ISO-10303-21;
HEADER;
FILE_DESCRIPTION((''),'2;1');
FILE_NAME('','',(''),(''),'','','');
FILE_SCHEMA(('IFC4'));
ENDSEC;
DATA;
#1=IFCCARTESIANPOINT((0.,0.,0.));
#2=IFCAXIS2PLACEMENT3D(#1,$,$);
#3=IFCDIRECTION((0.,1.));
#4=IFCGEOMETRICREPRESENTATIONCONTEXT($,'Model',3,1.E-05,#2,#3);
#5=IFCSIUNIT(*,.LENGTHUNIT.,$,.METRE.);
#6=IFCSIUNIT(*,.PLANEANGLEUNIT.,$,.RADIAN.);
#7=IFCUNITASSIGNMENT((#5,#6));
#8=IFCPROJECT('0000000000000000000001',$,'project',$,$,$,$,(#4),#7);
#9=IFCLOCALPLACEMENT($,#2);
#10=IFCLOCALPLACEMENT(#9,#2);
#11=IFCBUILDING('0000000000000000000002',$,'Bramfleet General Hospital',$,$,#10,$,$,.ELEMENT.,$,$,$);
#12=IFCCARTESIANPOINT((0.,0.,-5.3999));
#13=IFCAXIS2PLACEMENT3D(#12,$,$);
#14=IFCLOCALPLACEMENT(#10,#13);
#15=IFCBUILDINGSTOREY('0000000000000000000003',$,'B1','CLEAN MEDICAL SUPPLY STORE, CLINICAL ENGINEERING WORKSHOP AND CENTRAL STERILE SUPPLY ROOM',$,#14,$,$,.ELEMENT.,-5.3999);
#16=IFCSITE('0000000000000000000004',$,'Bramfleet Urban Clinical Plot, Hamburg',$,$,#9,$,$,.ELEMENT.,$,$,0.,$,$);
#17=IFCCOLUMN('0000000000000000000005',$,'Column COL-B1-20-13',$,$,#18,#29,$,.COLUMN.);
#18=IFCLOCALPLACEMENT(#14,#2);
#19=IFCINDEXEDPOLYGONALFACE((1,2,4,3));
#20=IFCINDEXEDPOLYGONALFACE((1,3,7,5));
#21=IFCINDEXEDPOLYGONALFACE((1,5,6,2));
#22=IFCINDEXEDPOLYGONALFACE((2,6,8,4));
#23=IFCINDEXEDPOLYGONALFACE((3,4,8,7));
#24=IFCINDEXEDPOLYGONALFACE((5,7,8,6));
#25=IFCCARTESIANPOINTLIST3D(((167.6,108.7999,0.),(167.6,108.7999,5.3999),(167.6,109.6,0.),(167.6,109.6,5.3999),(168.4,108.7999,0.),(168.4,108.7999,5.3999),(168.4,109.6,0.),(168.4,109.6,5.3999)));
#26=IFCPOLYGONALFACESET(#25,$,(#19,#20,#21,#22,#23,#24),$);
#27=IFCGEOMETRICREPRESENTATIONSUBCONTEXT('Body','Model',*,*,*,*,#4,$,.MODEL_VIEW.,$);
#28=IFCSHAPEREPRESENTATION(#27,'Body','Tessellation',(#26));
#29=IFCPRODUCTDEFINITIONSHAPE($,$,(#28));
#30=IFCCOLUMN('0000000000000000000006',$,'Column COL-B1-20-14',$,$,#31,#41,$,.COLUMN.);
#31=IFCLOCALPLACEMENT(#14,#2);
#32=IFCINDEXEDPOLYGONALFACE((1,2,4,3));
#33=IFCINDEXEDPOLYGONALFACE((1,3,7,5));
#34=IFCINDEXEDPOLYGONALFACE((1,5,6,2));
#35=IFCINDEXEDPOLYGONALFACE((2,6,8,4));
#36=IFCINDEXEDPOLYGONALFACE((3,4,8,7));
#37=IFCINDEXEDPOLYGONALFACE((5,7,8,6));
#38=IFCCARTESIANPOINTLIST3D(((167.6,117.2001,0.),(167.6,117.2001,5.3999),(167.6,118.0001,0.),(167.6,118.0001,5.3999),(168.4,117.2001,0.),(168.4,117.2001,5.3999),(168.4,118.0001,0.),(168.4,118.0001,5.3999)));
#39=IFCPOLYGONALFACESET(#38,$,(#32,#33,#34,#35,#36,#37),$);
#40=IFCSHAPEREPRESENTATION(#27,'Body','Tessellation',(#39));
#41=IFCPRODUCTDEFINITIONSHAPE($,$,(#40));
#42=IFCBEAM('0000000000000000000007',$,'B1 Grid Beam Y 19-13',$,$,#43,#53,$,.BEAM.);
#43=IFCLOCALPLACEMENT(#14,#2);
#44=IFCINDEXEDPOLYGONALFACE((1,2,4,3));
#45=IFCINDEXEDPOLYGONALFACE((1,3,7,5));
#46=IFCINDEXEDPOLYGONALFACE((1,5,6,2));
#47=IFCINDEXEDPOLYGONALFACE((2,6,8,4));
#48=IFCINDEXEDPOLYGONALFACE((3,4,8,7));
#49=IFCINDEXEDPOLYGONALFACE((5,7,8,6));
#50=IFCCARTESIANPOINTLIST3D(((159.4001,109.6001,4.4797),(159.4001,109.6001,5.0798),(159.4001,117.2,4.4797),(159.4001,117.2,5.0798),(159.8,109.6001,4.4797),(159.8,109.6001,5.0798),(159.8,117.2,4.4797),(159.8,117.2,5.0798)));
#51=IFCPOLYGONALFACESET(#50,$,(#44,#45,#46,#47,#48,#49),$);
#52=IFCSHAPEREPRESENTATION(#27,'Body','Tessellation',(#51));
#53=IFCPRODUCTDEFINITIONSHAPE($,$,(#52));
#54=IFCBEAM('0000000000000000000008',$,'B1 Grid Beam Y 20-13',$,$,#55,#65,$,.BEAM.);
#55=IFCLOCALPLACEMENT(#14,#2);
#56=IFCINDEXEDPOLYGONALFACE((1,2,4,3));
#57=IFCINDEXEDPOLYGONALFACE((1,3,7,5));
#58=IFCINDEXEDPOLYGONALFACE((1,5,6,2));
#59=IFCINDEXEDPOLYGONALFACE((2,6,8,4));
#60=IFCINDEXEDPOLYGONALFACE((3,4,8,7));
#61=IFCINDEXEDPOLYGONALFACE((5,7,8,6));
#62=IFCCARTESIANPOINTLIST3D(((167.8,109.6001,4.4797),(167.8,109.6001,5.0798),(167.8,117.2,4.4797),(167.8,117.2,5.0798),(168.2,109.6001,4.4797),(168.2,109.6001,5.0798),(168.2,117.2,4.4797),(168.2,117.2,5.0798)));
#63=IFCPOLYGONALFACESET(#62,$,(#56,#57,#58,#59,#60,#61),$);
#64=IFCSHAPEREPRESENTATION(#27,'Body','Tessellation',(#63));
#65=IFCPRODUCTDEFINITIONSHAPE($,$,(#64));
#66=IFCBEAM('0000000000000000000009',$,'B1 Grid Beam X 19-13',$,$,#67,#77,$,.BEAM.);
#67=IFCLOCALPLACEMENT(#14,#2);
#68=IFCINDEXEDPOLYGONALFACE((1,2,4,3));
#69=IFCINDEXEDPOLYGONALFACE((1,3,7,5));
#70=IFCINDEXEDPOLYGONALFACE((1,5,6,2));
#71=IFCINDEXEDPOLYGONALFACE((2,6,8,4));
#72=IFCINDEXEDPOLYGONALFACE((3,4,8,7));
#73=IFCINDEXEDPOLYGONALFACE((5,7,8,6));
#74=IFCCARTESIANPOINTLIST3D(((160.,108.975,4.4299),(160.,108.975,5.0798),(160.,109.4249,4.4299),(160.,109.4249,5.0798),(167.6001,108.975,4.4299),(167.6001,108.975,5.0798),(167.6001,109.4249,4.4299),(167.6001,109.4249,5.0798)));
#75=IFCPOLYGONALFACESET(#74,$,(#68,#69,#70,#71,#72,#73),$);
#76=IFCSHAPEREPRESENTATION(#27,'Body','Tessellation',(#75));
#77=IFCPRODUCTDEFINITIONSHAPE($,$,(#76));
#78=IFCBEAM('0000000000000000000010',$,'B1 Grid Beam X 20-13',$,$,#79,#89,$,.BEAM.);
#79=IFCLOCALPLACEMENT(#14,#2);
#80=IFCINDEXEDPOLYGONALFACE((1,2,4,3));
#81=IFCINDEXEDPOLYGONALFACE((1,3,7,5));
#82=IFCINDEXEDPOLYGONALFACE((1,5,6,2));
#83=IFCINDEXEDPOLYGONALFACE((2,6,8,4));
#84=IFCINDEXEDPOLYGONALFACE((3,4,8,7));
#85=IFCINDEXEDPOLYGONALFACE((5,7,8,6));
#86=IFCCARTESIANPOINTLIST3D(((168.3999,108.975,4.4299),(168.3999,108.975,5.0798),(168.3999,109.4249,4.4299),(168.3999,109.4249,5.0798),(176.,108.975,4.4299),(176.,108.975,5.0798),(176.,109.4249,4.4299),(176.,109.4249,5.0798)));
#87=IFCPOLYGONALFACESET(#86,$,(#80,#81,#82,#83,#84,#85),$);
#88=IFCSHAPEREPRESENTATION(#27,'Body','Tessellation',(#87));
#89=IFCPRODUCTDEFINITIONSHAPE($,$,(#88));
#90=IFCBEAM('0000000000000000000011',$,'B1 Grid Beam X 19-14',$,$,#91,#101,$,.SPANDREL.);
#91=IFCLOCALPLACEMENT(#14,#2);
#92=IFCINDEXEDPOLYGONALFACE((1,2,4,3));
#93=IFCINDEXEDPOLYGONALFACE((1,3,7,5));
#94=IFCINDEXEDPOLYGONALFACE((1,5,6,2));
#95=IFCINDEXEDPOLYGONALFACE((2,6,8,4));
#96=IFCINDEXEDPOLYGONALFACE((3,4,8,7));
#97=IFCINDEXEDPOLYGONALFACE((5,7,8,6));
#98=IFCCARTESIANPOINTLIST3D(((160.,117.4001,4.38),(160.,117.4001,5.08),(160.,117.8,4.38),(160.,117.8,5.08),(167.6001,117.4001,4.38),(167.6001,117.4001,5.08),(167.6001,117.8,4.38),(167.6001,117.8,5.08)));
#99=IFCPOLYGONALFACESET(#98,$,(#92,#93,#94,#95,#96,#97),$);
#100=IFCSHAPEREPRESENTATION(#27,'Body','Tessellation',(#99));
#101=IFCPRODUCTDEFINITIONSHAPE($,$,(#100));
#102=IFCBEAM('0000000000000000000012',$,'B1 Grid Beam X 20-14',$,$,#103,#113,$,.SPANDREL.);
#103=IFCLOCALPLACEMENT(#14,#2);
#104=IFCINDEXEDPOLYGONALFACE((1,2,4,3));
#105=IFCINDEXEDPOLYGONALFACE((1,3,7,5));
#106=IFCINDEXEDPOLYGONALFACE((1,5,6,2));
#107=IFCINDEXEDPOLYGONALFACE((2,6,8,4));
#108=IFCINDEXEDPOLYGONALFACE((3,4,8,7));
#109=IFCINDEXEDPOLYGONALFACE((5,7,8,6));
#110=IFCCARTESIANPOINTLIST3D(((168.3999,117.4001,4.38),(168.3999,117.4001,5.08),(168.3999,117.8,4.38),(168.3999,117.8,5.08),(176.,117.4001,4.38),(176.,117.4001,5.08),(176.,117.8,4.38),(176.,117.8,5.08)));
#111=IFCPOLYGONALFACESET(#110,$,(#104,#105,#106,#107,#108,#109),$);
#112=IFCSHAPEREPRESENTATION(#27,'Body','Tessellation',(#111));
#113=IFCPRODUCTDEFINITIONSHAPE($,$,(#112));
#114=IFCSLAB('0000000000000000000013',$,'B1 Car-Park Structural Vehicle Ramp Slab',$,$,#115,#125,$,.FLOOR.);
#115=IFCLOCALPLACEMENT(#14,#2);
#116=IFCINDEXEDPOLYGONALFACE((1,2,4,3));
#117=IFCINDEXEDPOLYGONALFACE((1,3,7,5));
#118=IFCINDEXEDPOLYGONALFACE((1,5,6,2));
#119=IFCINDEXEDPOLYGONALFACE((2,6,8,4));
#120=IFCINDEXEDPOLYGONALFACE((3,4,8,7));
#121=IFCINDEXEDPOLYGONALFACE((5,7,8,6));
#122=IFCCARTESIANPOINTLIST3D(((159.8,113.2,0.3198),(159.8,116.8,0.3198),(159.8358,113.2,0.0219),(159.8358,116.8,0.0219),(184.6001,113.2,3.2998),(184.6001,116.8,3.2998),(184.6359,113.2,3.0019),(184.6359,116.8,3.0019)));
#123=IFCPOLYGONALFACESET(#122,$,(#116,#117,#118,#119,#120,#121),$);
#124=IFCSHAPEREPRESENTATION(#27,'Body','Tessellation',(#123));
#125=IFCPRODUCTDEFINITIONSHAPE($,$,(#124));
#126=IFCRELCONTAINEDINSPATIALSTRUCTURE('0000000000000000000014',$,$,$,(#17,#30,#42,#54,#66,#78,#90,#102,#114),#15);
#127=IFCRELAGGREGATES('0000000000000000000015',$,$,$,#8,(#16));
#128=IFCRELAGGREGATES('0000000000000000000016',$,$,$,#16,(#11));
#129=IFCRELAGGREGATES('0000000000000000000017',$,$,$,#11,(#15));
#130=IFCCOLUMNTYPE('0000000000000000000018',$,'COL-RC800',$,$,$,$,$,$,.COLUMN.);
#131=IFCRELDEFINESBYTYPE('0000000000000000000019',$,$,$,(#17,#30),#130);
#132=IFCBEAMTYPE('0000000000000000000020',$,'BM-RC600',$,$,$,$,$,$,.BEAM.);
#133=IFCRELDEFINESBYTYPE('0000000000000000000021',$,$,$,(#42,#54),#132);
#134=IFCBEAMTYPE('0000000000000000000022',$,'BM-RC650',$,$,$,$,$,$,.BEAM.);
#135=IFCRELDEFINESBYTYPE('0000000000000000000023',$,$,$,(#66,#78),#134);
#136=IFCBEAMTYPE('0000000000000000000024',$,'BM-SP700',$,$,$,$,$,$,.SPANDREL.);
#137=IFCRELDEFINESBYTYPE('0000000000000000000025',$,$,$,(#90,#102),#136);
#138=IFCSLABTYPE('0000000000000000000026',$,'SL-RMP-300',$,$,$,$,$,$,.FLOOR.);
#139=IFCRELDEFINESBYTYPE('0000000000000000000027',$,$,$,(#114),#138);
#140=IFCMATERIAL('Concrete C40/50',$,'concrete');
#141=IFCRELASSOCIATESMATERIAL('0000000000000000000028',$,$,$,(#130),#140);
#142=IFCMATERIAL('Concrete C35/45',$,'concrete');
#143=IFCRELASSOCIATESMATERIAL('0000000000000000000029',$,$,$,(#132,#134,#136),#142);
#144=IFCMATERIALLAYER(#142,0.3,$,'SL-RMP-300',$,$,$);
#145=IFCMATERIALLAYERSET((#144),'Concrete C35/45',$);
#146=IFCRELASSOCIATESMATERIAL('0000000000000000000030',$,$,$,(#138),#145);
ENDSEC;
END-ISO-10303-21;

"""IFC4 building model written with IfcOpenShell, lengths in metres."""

from ifc_helpers import new_model, si_unit, direction, frame, origin, origin_2d, place, context, subcontext, project, spatial, polyline, rectangle, outline, extrude, material, layer, layer_set, material_profile, profile_set, type_object, element, save


model = new_model("IFC4")

# Units and contexts
model_context = context("Model", 3, precision=1e-05, world=origin(), true_north=direction((0.0, 1.0)))
body_context = subcontext(model_context, "Body", "Model", "MODEL_VIEW")
ifc_project = project(units=[si_unit("LENGTHUNIT", "METRE"), si_unit("PLANEANGLEUNIT", "RADIAN")], contexts=[model_context])

# Site, building, storey
site_placement = place(None, origin())
site = spatial("IfcSite", under=ifc_project, at=site_placement, Name="Bramfleet Urban Clinical Plot, Hamburg", CompositionType="ELEMENT", RefElevation=0.0)
building_placement = place(site_placement, origin())
building = spatial("IfcBuilding", under=site, at=building_placement, Name="Bramfleet General Hospital", CompositionType="ELEMENT")
storey_placement = place(building_placement, frame((0.0, 0.0, -5.3999)))
storey = spatial("IfcBuildingStorey", under=building, at=storey_placement, Name="B1", Description="CLEAN MEDICAL SUPPLY STORE, CLINICAL ENGINEERING WORKSHOP AND CENTRAL STERILE SUPPLY ROOM", CompositionType="ELEMENT", Elevation=-5.3999)

# Shared definitions
ifc_material_1 = material(Name="Concrete C35/45", Category="concrete")

# Columns
ifc_material_2 = material(Name="Concrete C40/50", Category="concrete")
ifc_material_profile_1 = material_profile(ifc_material_2, rectangle(XDim=0.8, YDim=0.8, at=origin_2d()), Name="RC COL 800x800")
ifc_profile_set_1 = profile_set([ifc_material_profile_1], Name="Concrete C40/50")
column_type = type_object("IfcColumnType", Name="COL-RC800", PredefinedType="COLUMN", material=ifc_profile_set_1)
for number, where, z_axis, x_axis, name in (
    (1, (168.0, 109.2, 0.0), (0.0, 0.0, 1.0), (1.0, 0.0, 0.0), "Column COL-B1-20-13"),
    (2, (168.0, 117.6001, 0.0), (0.0, 0.0, 1.0), (1.0, 0.0, 0.0), "Column COL-B1-20-14"),
):
    element("IfcColumn", number, at=place(storey_placement, frame(where, z_axis=z_axis, x_axis=x_axis)), inside=storey, type_object=column_type, Name=name, PredefinedType="COLUMN", context=body_context, shape_type="SweptSolid", body=[
        extrude(rectangle(XDim=0.8, YDim=0.8, at=origin_2d()), origin(), (0.0, 0.0, 1.0), 5.3999),
    ])

# Beams
ifc_material_profile_2 = material_profile(ifc_material_1, rectangle(XDim=0.3999, YDim=0.6001, at=origin_2d()), Name="RC BM 600x400")
ifc_profile_set_2 = profile_set([ifc_material_profile_2], Name="Concrete C35/45")
beam_type_1 = type_object("IfcBeamType", Name="BM-RC600", PredefinedType="BEAM", material=ifc_profile_set_2)
for number, where, z_axis, x_axis, name in (
    (3, (159.6001, 109.6001, 4.7798), (0.0, 1.0, 0.0), (-1.0, 0.0, 0.0), "B1 Grid Beam Y 19-13"),
    (4, (168.0, 109.6001, 4.7798), (0.0, 1.0, 0.0), (-1.0, 0.0, 0.0), "B1 Grid Beam Y 20-13"),
):
    element("IfcBeam", number, at=place(storey_placement, frame(where, z_axis=z_axis, x_axis=x_axis)), inside=storey, type_object=beam_type_1, Name=name, PredefinedType="BEAM", context=body_context, shape_type="SweptSolid", body=[
        extrude(rectangle(XDim=0.3999, YDim=0.6001, at=origin_2d()), origin(), (0.0, 0.0, 1.0), 7.5999),
    ])
ifc_material_profile_3 = material_profile(ifc_material_1, rectangle(XDim=0.45, YDim=0.6499, at=origin_2d()), Name="RC BM 650x450")
ifc_profile_set_3 = profile_set([ifc_material_profile_3], Name="Concrete C35/45")
beam_type_2 = type_object("IfcBeamType", Name="BM-RC650", PredefinedType="BEAM", material=ifc_profile_set_3)
for number, where, z_axis, x_axis, name in (
    (5, (160.0, 109.2, 4.7549), (1.0, 0.0, 0.0), (0.0, 1.0, 0.0), "B1 Grid Beam X 19-13"),
    (6, (168.3999, 109.2, 4.7549), (1.0, 0.0, 0.0), (0.0, 1.0, 0.0), "B1 Grid Beam X 20-13"),
):
    element("IfcBeam", number, at=place(storey_placement, frame(where, z_axis=z_axis, x_axis=x_axis)), inside=storey, type_object=beam_type_2, Name=name, PredefinedType="BEAM", context=body_context, shape_type="SweptSolid", body=[
        extrude(rectangle(XDim=0.45, YDim=0.6499, at=origin_2d()), origin(), (0.0, 0.0, 1.0), 7.6001),
    ])
ifc_material_profile_4 = material_profile(ifc_material_1, rectangle(XDim=0.3999, YDim=0.7, at=origin_2d()), Name="RC SP 700x400")
ifc_profile_set_4 = profile_set([ifc_material_profile_4], Name="Concrete C35/45")
beam_type_3 = type_object("IfcBeamType", Name="BM-SP700", PredefinedType="SPANDREL", material=ifc_profile_set_4)
for number, where, z_axis, x_axis, name in (
    (7, (160.0, 117.6001, 4.73), (1.0, 0.0, 0.0), (0.0, 1.0, 0.0), "B1 Grid Beam X 19-14"),
    (8, (168.3999, 117.6001, 4.73), (1.0, 0.0, 0.0), (0.0, 1.0, 0.0), "B1 Grid Beam X 20-14"),
):
    element("IfcBeam", number, at=place(storey_placement, frame(where, z_axis=z_axis, x_axis=x_axis)), inside=storey, type_object=beam_type_3, Name=name, PredefinedType="SPANDREL", context=body_context, shape_type="SweptSolid", body=[
        extrude(rectangle(XDim=0.3999, YDim=0.7, at=origin_2d()), origin(), (0.0, 0.0, 1.0), 7.6001),
    ])

# Slab
ifc_layer_1 = layer(ifc_material_1, 0.3, Name="SL-RMP-300")
ifc_layer_set_1 = layer_set([ifc_layer_1], Name="Concrete C35/45")
slab_type = type_object("IfcSlabType", Name="SL-RMP-300", PredefinedType="FLOOR", material=ifc_layer_set_1)
slab_placement = place(storey_placement, frame((159.8, 113.2, 0.3198), z_axis=(-0.119302, 0.0, 0.992858), x_axis=(0.992858, 0.0, 0.119302)))
element("IfcSlab", 9, at=slab_placement, inside=storey, type_object=slab_type, Name="B1 Car-Park Structural Vehicle Ramp Slab", PredefinedType="FLOOR", context=body_context, shape_type="SweptSolid", body=[
    extrude(outline(polyline([(0.0, 0.0), (24.9784, 0.0), (24.9784, 3.6001), (0.0, 3.6001), (0.0, 0.0)])), origin(), (0.0, 0.0, -1.0), 0.3),
])

save(model, "model.ifc")
